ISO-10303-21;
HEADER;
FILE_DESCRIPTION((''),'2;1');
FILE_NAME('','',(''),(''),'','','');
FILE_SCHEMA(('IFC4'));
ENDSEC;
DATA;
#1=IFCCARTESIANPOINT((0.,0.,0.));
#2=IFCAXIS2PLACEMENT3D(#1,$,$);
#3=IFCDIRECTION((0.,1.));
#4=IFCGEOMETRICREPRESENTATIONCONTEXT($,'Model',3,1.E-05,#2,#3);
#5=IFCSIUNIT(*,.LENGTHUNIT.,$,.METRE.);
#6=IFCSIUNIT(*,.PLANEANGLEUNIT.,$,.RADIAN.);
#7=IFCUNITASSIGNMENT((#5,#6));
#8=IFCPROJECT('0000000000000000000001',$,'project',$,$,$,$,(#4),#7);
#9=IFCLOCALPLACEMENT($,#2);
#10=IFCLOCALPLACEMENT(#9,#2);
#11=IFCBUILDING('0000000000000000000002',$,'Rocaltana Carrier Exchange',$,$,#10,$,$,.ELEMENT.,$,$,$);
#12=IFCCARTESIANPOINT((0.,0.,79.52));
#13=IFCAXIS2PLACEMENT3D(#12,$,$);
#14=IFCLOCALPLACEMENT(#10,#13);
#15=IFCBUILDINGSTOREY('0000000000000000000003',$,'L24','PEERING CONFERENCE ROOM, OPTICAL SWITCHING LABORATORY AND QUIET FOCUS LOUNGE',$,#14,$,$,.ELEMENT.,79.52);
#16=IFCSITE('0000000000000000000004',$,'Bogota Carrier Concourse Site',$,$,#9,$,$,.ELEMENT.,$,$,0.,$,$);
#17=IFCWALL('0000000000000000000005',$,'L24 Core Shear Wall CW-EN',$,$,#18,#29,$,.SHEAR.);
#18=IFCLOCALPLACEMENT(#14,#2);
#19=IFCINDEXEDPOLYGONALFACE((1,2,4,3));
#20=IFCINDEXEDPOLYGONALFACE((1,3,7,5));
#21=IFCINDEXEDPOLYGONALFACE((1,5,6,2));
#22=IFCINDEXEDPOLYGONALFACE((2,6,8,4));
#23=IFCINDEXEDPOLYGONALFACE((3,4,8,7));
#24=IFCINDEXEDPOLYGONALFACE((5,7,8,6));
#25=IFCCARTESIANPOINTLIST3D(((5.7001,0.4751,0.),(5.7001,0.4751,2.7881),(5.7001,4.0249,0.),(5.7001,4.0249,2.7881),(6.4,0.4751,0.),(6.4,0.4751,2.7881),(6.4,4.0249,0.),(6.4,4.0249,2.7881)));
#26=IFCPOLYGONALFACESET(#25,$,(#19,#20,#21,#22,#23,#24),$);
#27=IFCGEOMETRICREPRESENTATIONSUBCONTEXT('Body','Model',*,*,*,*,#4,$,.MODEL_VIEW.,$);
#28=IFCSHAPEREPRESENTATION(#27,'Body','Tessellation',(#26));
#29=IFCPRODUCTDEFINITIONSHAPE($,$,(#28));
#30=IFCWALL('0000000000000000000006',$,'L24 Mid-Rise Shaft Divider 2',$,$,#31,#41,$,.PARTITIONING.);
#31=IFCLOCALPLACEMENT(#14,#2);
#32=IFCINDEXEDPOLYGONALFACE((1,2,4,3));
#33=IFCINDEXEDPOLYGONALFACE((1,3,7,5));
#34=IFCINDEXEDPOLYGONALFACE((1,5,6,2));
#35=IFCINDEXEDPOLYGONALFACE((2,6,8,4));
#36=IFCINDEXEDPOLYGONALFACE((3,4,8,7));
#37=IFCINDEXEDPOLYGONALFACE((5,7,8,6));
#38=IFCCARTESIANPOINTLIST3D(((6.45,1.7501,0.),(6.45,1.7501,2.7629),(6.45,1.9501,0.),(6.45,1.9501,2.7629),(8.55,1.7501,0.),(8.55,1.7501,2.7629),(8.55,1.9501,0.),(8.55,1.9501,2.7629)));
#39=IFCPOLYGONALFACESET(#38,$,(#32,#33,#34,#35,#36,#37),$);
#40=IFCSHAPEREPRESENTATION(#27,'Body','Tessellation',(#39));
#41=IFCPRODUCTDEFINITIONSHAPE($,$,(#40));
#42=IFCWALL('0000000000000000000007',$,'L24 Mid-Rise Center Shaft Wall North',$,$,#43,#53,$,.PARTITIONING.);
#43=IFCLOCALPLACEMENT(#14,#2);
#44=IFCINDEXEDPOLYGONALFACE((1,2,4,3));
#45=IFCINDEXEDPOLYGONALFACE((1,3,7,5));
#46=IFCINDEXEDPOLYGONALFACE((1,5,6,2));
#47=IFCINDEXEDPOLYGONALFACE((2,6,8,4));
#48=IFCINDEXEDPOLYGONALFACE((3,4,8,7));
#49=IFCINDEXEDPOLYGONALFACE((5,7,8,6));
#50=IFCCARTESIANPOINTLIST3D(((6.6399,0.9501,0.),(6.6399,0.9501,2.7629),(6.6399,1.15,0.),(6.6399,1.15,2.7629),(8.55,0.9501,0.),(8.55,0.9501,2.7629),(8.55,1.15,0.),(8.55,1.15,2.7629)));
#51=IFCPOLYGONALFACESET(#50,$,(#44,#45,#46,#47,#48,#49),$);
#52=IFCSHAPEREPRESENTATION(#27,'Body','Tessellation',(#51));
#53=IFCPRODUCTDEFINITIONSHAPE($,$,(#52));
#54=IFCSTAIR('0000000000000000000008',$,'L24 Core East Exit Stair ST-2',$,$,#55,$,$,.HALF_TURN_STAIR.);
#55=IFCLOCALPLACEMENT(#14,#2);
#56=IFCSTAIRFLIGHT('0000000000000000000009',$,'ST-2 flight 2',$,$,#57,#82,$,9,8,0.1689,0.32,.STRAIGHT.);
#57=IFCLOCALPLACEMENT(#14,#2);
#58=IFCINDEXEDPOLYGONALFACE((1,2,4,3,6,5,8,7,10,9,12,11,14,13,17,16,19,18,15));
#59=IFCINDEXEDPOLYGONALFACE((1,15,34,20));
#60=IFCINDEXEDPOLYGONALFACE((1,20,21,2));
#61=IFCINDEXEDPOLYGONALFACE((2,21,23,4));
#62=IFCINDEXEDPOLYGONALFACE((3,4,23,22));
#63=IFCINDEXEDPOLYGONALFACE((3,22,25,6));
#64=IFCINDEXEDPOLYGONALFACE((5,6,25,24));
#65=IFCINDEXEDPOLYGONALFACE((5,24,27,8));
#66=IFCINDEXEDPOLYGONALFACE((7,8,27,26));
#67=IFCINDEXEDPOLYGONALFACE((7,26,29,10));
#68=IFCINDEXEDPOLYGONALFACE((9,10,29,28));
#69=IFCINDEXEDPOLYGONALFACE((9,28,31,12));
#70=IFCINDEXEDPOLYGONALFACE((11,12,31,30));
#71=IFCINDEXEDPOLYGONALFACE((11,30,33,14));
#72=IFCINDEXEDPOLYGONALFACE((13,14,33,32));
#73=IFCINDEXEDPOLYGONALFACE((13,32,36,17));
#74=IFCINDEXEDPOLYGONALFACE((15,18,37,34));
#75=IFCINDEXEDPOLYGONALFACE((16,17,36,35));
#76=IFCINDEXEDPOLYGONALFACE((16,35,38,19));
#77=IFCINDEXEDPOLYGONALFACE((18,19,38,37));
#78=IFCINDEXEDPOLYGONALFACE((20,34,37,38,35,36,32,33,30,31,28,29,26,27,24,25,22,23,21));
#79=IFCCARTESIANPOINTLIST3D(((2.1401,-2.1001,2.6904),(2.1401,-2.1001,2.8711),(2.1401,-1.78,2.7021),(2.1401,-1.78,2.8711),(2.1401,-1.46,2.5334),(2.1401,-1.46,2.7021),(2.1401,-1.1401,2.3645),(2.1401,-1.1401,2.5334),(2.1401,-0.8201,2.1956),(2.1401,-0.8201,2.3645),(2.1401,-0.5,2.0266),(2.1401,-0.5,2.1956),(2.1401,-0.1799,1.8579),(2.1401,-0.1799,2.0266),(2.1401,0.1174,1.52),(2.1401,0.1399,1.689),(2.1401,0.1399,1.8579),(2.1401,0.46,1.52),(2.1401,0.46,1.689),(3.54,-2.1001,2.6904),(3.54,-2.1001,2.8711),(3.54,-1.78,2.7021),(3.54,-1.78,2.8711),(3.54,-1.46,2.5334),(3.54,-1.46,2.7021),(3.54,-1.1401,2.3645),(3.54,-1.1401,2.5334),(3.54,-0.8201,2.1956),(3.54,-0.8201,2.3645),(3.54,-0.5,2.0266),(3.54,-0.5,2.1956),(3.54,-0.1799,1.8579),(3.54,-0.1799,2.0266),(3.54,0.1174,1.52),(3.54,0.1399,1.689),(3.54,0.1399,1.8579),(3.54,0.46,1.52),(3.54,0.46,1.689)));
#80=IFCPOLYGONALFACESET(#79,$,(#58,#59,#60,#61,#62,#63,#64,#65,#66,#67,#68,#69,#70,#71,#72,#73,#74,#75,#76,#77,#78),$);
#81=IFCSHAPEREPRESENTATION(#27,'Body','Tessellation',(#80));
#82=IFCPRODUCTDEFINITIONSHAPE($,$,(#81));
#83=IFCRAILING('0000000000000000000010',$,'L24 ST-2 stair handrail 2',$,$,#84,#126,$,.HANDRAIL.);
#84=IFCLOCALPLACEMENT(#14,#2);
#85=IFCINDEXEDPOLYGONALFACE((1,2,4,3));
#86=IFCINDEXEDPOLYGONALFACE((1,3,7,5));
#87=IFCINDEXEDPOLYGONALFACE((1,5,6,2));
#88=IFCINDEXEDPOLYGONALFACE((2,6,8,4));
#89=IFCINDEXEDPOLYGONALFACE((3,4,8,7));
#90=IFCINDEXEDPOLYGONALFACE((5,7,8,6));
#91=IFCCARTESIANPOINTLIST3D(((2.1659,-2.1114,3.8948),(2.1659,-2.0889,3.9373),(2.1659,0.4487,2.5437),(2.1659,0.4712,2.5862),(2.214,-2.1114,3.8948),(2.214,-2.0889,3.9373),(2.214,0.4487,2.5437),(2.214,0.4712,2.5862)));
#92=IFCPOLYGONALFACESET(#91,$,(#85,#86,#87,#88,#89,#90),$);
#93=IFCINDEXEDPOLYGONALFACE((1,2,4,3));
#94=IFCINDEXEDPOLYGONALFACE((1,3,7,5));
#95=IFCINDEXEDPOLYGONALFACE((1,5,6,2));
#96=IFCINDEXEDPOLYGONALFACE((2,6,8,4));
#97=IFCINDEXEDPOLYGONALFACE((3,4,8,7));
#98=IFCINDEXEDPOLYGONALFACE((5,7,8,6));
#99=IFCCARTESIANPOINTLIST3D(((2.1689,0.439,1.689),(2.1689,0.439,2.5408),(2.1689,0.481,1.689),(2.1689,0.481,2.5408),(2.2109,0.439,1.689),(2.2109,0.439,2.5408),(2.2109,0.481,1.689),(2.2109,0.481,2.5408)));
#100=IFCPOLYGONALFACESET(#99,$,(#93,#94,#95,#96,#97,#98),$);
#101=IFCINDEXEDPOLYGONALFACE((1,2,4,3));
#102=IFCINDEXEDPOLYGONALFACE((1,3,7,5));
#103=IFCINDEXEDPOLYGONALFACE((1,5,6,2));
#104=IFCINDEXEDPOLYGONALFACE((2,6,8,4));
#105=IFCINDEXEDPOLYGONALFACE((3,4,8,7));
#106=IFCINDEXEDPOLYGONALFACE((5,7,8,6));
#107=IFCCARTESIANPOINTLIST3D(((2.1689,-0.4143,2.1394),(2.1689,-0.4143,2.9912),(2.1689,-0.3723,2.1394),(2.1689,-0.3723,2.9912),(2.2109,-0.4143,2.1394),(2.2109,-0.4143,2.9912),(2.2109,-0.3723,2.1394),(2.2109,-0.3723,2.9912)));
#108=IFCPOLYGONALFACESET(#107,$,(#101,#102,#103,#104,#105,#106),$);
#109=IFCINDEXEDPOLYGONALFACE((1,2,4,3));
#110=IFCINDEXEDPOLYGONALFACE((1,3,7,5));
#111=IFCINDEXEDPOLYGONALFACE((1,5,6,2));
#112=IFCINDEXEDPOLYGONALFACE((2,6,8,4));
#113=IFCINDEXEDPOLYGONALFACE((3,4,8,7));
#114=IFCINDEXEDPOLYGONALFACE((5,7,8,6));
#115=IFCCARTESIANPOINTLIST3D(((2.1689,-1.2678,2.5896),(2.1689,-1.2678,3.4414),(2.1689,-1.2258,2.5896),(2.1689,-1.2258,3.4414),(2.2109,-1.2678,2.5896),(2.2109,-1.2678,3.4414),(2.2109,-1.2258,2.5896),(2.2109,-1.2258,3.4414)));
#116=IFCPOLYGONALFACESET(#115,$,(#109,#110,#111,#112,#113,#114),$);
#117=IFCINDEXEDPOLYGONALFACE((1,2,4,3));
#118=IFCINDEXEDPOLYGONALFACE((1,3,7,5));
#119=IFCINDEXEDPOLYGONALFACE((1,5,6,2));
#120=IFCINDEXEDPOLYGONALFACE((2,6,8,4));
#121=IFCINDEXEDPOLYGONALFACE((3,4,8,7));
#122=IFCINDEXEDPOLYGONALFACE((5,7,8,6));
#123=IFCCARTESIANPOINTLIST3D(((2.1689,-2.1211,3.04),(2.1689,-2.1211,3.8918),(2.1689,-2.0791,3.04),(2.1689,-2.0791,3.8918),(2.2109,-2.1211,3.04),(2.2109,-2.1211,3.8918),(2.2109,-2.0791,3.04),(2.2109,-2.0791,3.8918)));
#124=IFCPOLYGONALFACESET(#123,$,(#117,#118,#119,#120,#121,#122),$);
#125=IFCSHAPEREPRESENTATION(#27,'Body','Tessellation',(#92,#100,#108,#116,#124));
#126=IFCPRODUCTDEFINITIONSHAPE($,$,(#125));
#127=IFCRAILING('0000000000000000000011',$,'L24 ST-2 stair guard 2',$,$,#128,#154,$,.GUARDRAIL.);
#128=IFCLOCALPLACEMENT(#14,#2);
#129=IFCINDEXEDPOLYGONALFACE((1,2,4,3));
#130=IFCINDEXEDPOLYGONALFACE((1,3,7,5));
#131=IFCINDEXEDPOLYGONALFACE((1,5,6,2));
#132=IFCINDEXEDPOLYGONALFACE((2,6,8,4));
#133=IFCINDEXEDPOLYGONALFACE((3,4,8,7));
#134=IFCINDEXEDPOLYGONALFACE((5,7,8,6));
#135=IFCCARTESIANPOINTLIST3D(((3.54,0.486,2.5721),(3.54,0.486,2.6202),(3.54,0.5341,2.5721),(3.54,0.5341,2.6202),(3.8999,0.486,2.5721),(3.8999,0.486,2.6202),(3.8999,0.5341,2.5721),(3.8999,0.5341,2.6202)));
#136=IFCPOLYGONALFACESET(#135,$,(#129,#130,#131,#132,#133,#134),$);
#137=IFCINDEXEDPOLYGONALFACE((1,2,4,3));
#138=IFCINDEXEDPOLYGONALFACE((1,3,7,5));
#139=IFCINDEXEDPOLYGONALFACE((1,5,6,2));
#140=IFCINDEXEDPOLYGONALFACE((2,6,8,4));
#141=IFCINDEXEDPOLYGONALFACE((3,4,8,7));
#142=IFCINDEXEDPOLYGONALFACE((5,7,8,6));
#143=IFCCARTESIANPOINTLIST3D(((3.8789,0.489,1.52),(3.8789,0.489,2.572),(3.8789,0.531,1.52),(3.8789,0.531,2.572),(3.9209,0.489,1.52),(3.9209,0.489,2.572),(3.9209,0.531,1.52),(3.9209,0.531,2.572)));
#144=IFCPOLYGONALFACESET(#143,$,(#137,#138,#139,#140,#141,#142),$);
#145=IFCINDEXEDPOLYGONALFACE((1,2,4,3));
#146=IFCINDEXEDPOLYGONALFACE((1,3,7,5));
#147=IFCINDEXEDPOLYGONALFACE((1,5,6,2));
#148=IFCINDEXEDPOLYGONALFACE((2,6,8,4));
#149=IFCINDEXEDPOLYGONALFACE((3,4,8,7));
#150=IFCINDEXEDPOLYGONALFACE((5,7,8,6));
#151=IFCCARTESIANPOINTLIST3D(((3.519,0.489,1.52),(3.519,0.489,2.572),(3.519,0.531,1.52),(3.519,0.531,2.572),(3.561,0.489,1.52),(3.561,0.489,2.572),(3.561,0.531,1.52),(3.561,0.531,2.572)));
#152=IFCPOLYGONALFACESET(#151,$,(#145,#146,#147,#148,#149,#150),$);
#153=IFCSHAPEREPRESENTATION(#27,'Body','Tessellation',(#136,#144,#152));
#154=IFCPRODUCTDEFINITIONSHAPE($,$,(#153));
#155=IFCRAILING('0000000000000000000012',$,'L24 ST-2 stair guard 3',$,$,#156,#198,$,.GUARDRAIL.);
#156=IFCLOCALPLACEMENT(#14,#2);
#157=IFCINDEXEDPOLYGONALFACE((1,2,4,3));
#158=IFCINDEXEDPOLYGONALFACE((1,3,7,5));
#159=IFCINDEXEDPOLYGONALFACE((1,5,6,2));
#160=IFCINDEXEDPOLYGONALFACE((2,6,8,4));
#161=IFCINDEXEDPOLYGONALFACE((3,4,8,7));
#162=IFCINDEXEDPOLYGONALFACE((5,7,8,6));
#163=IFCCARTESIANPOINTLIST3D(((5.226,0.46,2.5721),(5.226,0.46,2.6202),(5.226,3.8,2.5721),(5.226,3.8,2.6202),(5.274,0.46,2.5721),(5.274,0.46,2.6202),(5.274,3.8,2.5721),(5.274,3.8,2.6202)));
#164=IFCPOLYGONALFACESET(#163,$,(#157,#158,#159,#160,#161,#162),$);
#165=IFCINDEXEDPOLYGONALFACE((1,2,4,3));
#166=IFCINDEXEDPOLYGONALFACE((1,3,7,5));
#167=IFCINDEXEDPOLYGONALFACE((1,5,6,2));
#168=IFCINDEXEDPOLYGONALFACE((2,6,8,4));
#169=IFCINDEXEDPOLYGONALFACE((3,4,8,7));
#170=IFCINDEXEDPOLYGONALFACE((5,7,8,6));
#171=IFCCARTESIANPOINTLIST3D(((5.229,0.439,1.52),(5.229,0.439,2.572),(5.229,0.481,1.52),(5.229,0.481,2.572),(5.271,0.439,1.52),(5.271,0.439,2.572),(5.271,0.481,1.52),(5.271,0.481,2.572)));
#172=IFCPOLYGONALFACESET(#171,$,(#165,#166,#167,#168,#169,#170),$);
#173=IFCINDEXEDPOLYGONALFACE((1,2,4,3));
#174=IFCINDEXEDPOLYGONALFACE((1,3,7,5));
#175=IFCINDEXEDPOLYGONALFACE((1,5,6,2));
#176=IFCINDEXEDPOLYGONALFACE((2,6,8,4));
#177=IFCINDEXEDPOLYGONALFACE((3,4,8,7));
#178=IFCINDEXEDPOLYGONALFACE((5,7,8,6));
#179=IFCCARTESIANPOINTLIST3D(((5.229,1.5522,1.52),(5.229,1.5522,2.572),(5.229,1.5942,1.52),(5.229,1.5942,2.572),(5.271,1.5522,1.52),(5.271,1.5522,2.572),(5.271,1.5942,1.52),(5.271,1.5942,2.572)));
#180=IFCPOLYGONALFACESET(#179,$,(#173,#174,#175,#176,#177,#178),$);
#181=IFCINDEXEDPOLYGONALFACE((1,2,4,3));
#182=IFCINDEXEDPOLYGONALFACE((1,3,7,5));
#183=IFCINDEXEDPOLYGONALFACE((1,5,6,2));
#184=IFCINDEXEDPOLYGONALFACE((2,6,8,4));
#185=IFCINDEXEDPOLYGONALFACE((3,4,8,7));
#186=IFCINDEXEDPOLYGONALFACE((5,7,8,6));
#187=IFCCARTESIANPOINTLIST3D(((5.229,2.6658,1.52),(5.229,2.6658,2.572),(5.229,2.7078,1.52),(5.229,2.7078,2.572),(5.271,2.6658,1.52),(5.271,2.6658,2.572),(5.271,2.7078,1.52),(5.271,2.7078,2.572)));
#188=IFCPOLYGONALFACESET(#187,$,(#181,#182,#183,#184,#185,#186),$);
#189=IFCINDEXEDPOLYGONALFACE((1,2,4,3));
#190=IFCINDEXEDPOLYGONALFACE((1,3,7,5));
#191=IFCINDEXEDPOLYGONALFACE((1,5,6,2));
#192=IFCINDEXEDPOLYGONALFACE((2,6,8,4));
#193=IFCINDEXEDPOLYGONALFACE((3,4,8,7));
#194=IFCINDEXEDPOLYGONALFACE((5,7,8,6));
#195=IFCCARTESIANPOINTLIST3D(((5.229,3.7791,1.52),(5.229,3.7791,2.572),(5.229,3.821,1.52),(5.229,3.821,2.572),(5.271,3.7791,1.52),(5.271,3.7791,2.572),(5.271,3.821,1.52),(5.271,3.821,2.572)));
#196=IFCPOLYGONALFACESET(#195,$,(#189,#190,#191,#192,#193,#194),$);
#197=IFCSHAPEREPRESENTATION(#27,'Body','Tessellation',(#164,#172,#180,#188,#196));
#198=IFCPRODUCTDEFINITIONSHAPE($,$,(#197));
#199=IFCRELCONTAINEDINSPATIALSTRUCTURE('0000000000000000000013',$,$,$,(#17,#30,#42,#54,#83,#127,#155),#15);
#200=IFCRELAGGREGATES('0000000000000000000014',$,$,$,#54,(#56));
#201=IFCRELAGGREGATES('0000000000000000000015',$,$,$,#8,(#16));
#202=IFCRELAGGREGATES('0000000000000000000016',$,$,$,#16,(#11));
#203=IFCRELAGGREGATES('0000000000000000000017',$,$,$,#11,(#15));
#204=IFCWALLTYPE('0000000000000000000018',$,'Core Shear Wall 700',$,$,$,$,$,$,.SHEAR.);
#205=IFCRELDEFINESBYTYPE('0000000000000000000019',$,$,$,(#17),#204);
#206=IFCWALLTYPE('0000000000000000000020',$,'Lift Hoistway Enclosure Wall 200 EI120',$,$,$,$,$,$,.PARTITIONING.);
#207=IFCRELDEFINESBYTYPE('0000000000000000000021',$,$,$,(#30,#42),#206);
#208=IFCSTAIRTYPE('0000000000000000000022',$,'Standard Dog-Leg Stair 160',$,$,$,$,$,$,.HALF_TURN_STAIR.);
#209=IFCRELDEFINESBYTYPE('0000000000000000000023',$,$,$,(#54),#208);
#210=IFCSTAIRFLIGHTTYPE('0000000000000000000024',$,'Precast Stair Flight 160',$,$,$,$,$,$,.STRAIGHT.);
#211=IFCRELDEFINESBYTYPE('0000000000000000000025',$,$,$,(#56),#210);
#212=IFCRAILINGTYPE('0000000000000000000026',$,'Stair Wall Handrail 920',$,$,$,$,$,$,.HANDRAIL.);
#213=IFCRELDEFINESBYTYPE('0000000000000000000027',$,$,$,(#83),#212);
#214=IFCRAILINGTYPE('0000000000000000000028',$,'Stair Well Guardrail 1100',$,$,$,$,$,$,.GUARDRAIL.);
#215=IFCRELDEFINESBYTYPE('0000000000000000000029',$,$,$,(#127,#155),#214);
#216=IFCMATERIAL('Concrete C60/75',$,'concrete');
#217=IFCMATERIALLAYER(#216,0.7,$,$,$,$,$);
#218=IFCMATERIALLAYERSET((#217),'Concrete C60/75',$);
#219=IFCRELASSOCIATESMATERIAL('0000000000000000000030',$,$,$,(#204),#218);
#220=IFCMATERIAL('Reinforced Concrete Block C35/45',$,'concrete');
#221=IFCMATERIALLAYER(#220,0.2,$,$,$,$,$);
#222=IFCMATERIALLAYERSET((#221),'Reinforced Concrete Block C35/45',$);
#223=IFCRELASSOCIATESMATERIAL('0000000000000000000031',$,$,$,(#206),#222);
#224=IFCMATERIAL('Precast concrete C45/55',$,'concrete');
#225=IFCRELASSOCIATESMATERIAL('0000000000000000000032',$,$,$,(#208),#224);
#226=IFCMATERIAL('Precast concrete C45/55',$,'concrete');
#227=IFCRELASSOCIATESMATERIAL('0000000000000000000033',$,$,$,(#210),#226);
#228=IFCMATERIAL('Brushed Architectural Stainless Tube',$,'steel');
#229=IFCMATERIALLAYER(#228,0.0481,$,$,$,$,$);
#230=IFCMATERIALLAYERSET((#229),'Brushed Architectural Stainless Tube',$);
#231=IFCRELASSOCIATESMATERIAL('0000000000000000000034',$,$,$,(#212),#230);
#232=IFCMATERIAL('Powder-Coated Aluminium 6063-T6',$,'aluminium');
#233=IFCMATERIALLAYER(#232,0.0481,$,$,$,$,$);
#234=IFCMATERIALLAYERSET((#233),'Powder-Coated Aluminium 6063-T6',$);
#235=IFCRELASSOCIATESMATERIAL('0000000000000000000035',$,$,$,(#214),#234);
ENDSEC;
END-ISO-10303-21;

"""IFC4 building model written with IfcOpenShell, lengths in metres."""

from ifc_helpers import new_model, si_unit, direction, frame, frame_2d, origin, origin_2d, place, context, subcontext, project, spatial, polyline, rectangle, outline, extrude, material, layer, layer_set, type_object, element, aggregate, save


model = new_model("IFC4")

# Units and contexts
model_context = context("Model", 3, precision=1e-05, world=origin(), true_north=direction((0.0, 1.0)))
body_context = subcontext(model_context, "Body", "Model", "MODEL_VIEW")
ifc_project = project(units=[si_unit("LENGTHUNIT", "METRE"), si_unit("PLANEANGLEUNIT", "RADIAN")], contexts=[model_context])

# Site, building, storey
site_placement = place(None, origin())
site = spatial("IfcSite", under=ifc_project, at=site_placement, Name="Bogota Carrier Concourse Site", CompositionType="ELEMENT", RefElevation=0.0)
building_placement = place(site_placement, origin())
building = spatial("IfcBuilding", under=site, at=building_placement, Name="Rocaltana Carrier Exchange", CompositionType="ELEMENT")
storey_placement = place(building_placement, frame((0.0, 0.0, 79.52)))
storey = spatial("IfcBuildingStorey", under=building, at=storey_placement, Name="L24", Description="PEERING CONFERENCE ROOM, OPTICAL SWITCHING LABORATORY AND QUIET FOCUS LOUNGE", CompositionType="ELEMENT", Elevation=79.52)

# Walls
ifc_material_1 = material(Name="Concrete C60/75", Category="concrete")
ifc_layer_1 = layer(ifc_material_1, 0.7)
ifc_layer_set_1 = layer_set([ifc_layer_1], Name="Concrete C60/75")
wall_type_1 = type_object("IfcWallType", Name="Core Shear Wall 700", PredefinedType="SHEAR", material=ifc_layer_set_1)
wall_1_placement = place(storey_placement, frame((6.05, 0.4751, 0.0), z_axis=(0.0, 0.0, 1.0), x_axis=(0.0, 1.0, 0.0)))
element("IfcWall", 1, at=wall_1_placement, inside=storey, type_object=wall_type_1, Name="L24 Core Shear Wall CW-EN", PredefinedType="SHEAR", context=body_context, shape_type="SweptSolid", body=[
    extrude(rectangle(XDim=3.5498, YDim=0.7, at=frame_2d((1.7749, 0.0))), origin(), (0.0, 0.0, 1.0), 2.7881),
])
ifc_material_2 = material(Name="Reinforced Concrete Block C35/45", Category="concrete")
ifc_layer_2 = layer(ifc_material_2, 0.2)
ifc_layer_set_2 = layer_set([ifc_layer_2], Name="Reinforced Concrete Block C35/45")
wall_type_2 = type_object("IfcWallType", Name="Lift Hoistway Enclosure Wall 200 EI120", PredefinedType="PARTITIONING", material=ifc_layer_set_2)
wall_2_placement = place(storey_placement, frame((6.45, 1.8501, 0.0), z_axis=(0.0, 0.0, 1.0), x_axis=(1.0, 0.0, 0.0)))
element("IfcWall", 2, at=wall_2_placement, inside=storey, type_object=wall_type_2, Name="L24 Mid-Rise Shaft Divider 2", PredefinedType="PARTITIONING", context=body_context, shape_type="SweptSolid", body=[
    extrude(rectangle(XDim=2.1001, YDim=0.2, at=frame_2d((1.05, 0.0))), origin(), (0.0, 0.0, 1.0), 2.7629),
])
wall_3_placement = place(storey_placement, frame((6.6399, 1.05, 0.0), z_axis=(0.0, 0.0, 1.0), x_axis=(1.0, 0.0, 0.0)))
element("IfcWall", 3, at=wall_3_placement, inside=storey, type_object=wall_type_2, Name="L24 Mid-Rise Center Shaft Wall North", PredefinedType="PARTITIONING", context=body_context, shape_type="SweptSolid", body=[
    extrude(rectangle(XDim=1.9102, YDim=0.2, at=frame_2d((0.9551, 0.0))), origin(), (0.0, 0.0, 1.0), 2.7629),
])

# Stair, stair flight
ifc_material_3 = material(Name="Precast concrete C45/55", Category="concrete")
stair_type = type_object("IfcStairType", Name="Standard Dog-Leg Stair 160", PredefinedType="HALF_TURN_STAIR", material=ifc_material_3)
stair_placement = place(storey_placement, origin())
stair = element("IfcStair", 4, at=stair_placement, inside=storey, type_object=stair_type, Name="L24 Core East Exit Stair ST-2", PredefinedType="HALF_TURN_STAIR")
ifc_material_4 = material(Name="Precast concrete C45/55", Category="concrete")
stair_flight_type = type_object("IfcStairFlightType", Name="Precast Stair Flight 160", PredefinedType="STRAIGHT", material=ifc_material_4)
stair_flight_placement = place(storey_placement, frame((2.8401, 0.46, 1.52), z_axis=(0.0, 0.0, 1.0), x_axis=(0.0, -1.0, 0.0)))
stair_flight = element("IfcStairFlight", 5, at=stair_flight_placement, type_object=stair_flight_type, Name="ST-2 flight 2", NumberOfRisers=9, NumberOfTreads=8, PredefinedType="STRAIGHT", RiserHeight=0.1689, TreadLength=0.32, context=body_context, shape_type="SweptSolid", body=[
    extrude(outline(polyline([(0.0, 0.0), (0.0, 0.1689), (0.3201, 0.1689), (0.3201, 0.3379), (0.6399, 0.3379), (0.6399, 0.5066), (0.96, 0.5066), (0.96, 0.6755), (1.28, 0.6755), (1.28, 0.8445), (1.6001, 0.8445), (1.6001, 1.0134), (1.9199, 1.0134), (1.9199, 1.1821), (2.24, 1.1821), (2.24, 1.3511), (2.5601, 1.3511), (2.5601, 1.52), (2.5601, 1.1704), (0.3425, 0.0), (0.0, 0.0)])), frame((0.0, 0.7, 0.0), z_axis=(0.0, -1.0, 0.0), x_axis=(1.0, 0.0, 0.0)), (0.0, 0.0, 1.0), 1.3999),
])
aggregate(stair, [stair_flight])

# Railings
ifc_material_5 = material(Name="Brushed Architectural Stainless Tube", Category="steel")
ifc_layer_3 = layer(ifc_material_5, 0.0481)
ifc_layer_set_3 = layer_set([ifc_layer_3], Name="Brushed Architectural Stainless Tube")
railing_type_1 = type_object("IfcRailingType", Name="Stair Wall Handrail 920", PredefinedType="HANDRAIL", material=ifc_layer_set_3)
railing_1_placement = place(storey_placement, frame((2.1899, 0.46, 1.689)))
element("IfcRailing", 6, at=railing_1_placement, inside=storey, type_object=railing_type_1, Name="L24 ST-2 stair handrail 2", PredefinedType="HANDRAIL", context=body_context, shape_type="SweptSolid", body=[
    extrude(rectangle(XDim=0.0481, YDim=0.0481, at=origin_2d()), frame((0.0, 0.0, 0.876), z_axis=(0.0, -0.884394, 0.46674), x_axis=(1.0, 0.0, 0.0)), (0.0, 0.0, 1.0), 2.8948),
    extrude(rectangle(XDim=0.042, YDim=0.042, at=origin_2d()), origin(), (0.0, 0.0, 1.0), 0.8518),
    extrude(rectangle(XDim=0.042, YDim=0.042, at=origin_2d()), frame((0.0, -0.8533, 0.4504)), (0.0, 0.0, 1.0), 0.8518),
    extrude(rectangle(XDim=0.042, YDim=0.042, at=origin_2d()), frame((0.0, -1.7068, 0.9006)), (0.0, 0.0, 1.0), 0.8518),
    extrude(rectangle(XDim=0.042, YDim=0.042, at=origin_2d()), frame((0.0, -2.5601, 1.3511)), (0.0, 0.0, 1.0), 0.8518),
])
ifc_material_6 = material(Name="Powder-Coated Aluminium 6063-T6", Category="aluminium")
ifc_layer_4 = layer(ifc_material_6, 0.0481)
ifc_layer_set_4 = layer_set([ifc_layer_4], Name="Powder-Coated Aluminium 6063-T6")
railing_type_2 = type_object("IfcRailingType", Name="Stair Well Guardrail 1100", PredefinedType="GUARDRAIL", material=ifc_layer_set_4)
railing_2_placement = place(storey_placement, frame((3.8999, 0.51, 1.52)))
element("IfcRailing", 7, at=railing_2_placement, inside=storey, type_object=railing_type_2, Name="L24 ST-2 stair guard 2", PredefinedType="GUARDRAIL", context=body_context, shape_type="SweptSolid", body=[
    extrude(rectangle(XDim=0.0481, YDim=0.0481, at=origin_2d()), frame((0.0, 0.0, 1.0762), z_axis=(-1.0, 0.0, 0.0), x_axis=(0.0, -1.0, 0.0)), (0.0, 0.0, 1.0), 0.3599),
    extrude(rectangle(XDim=0.042, YDim=0.042, at=origin_2d()), origin(), (0.0, 0.0, 1.0), 1.052),
    extrude(rectangle(XDim=0.042, YDim=0.042, at=origin_2d()), frame((-0.3599, 0.0, 0.0)), (0.0, 0.0, 1.0), 1.052),
])
railing_3_placement = place(storey_placement, frame((5.25, 0.46, 1.52)))
element("IfcRailing", 8, at=railing_3_placement, inside=storey, type_object=railing_type_2, Name="L24 ST-2 stair guard 3", PredefinedType="GUARDRAIL", context=body_context, shape_type="SweptSolid", body=[
    extrude(rectangle(XDim=0.0481, YDim=0.0481, at=origin_2d()), frame((0.0, 0.0, 1.0762), z_axis=(0.0, 1.0, 0.0), x_axis=(-1.0, 0.0, 0.0)), (0.0, 0.0, 1.0), 3.3401),
    extrude(rectangle(XDim=0.042, YDim=0.042, at=origin_2d()), origin(), (0.0, 0.0, 1.0), 1.052),
    extrude(rectangle(XDim=0.042, YDim=0.042, at=origin_2d()), frame((0.0, 1.1133, 0.0)), (0.0, 0.0, 1.0), 1.052),
    extrude(rectangle(XDim=0.042, YDim=0.042, at=origin_2d()), frame((0.0, 2.2268, 0.0)), (0.0, 0.0, 1.0), 1.052),
    extrude(rectangle(XDim=0.042, YDim=0.042, at=origin_2d()), frame((0.0, 3.3401, 0.0)), (0.0, 0.0, 1.0), 1.052),
])

save(model, "model.ifc")
